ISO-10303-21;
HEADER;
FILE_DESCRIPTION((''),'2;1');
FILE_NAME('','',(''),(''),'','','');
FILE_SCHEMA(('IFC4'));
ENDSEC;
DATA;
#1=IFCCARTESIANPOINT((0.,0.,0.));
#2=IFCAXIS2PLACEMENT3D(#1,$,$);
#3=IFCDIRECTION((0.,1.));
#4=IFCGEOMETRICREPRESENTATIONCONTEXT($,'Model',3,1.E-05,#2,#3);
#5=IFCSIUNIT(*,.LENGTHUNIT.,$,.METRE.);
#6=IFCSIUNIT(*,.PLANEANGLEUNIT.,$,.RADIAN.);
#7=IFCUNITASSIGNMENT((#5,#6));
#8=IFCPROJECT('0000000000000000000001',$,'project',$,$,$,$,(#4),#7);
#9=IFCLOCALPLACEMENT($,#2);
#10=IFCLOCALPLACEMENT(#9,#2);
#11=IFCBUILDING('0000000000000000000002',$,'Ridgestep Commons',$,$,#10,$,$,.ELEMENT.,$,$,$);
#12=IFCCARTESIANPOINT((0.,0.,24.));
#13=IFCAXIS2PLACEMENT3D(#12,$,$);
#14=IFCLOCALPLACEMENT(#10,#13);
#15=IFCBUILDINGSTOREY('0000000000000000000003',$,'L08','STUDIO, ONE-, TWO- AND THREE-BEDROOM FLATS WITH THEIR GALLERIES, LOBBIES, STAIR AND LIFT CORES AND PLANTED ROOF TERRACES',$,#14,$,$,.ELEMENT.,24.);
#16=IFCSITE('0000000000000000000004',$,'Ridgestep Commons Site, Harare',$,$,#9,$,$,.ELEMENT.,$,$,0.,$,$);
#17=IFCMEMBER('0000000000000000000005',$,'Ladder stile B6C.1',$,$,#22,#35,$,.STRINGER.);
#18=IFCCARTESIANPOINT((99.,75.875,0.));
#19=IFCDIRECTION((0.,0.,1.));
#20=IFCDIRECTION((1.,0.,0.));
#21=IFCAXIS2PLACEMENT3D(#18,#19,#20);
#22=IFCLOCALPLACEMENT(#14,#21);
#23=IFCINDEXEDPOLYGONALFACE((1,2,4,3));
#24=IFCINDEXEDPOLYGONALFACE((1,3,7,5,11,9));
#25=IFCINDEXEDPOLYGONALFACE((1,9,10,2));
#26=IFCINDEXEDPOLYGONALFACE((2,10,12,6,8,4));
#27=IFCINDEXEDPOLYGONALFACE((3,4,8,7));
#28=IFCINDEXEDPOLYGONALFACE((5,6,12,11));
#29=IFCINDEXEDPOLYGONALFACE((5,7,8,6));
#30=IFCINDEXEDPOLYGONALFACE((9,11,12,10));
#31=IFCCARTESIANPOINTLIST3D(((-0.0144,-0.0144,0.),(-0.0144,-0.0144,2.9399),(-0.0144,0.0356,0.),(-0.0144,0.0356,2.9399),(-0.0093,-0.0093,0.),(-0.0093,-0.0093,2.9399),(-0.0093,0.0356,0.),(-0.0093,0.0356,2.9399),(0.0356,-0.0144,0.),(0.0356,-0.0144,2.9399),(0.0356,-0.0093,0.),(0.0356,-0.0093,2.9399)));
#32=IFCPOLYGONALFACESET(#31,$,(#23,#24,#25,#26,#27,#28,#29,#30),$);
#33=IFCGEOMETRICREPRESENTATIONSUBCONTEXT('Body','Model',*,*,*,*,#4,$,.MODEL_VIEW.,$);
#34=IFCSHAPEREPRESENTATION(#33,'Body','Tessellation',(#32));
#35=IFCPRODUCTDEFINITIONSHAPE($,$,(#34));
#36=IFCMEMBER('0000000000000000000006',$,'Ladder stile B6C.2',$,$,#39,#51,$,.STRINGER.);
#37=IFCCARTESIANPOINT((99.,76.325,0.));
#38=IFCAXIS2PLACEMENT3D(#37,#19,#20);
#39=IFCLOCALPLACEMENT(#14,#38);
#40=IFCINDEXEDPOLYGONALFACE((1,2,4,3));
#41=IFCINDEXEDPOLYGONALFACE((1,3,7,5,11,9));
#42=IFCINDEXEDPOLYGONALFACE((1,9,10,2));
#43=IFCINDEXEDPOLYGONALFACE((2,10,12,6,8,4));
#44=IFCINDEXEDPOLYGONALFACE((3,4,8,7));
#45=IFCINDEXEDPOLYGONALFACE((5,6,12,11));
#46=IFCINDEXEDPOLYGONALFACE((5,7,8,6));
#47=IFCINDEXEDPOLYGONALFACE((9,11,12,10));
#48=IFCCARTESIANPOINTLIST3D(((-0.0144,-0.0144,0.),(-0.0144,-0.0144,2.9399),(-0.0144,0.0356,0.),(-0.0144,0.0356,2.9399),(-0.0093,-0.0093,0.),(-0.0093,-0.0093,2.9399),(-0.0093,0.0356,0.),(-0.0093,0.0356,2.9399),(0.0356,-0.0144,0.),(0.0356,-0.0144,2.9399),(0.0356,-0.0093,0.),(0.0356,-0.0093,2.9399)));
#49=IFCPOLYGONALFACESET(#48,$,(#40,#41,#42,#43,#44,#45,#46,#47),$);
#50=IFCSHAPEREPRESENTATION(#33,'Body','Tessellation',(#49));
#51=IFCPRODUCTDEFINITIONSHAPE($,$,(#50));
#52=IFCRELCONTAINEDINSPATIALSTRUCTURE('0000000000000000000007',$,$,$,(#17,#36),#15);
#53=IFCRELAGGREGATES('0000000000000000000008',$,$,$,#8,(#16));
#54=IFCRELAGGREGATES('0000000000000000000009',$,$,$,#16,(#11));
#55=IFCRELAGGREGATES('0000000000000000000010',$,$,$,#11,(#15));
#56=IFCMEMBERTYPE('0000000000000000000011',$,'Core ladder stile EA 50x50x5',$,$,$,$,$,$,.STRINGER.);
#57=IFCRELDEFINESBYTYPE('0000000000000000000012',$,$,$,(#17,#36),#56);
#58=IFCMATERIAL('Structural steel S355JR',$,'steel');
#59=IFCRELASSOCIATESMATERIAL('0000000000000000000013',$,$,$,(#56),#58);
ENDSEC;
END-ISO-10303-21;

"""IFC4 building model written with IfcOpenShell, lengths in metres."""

from ifc_helpers import new_model, si_unit, direction, frame, origin, place, context, subcontext, project, spatial, polyline, outline, extrude, material, material_profile, profile_set, type_object, element, save


model = new_model("IFC4")

# Units and contexts
model_context = context("Model", 3, precision=1e-05, world=origin(), true_north=direction((0.0, 1.0)))
body_context = subcontext(model_context, "Body", "Model", "MODEL_VIEW")
ifc_project = project(units=[si_unit("LENGTHUNIT", "METRE"), si_unit("PLANEANGLEUNIT", "RADIAN")], contexts=[model_context])

# Site, building, storey
site_placement = place(None, origin())
site = spatial("IfcSite", under=ifc_project, at=site_placement, Name="Ridgestep Commons Site, Harare", CompositionType="ELEMENT", RefElevation=0.0)
building_placement = place(site_placement, origin())
building = spatial("IfcBuilding", under=site, at=building_placement, Name="Ridgestep Commons", CompositionType="ELEMENT")
storey_placement = place(building_placement, frame((0.0, 0.0, 24.0)))
storey = spatial("IfcBuildingStorey", under=building, at=storey_placement, Name="L08", Description="STUDIO, ONE-, TWO- AND THREE-BEDROOM FLATS WITH THEIR GALLERIES, LOBBIES, STAIR AND LIFT CORES AND PLANTED ROOF TERRACES", CompositionType="ELEMENT", Elevation=24.0)

# Members
ifc_material_1 = material(Name="Structural steel S355JR", Category="steel")
ifc_material_profile_1 = material_profile(ifc_material_1, outline(polyline([(-0.0144, -0.0144), (0.0356, -0.0144), (0.0356, -0.0093), (-0.0093, -0.0093), (-0.0093, 0.0356), (-0.0144, 0.0356), (-0.0144, -0.0144)])), Name="EA 50x50x5")
ifc_profile_set_1 = profile_set([ifc_material_profile_1], Name="Structural steel S355JR")
member_type_1 = type_object("IfcMemberType", Name="Core ladder stile EA 50x50x5", PredefinedType="STRINGER", material=ifc_profile_set_1)
for number, where, z_axis, x_axis, name in (
    (1, (99.0, 75.875, 0.0), (0.0, 0.0, 1.0), (1.0, 0.0, 0.0), "Ladder stile B6C.1"),
    (2, (99.0, 76.325, 0.0), (0.0, 0.0, 1.0), (1.0, 0.0, 0.0), "Ladder stile B6C.2"),
):
    element("IfcMember", number, at=place(storey_placement, frame(where, z_axis=z_axis, x_axis=x_axis)), inside=storey, type_object=member_type_1, Name=name, PredefinedType="STRINGER", context=body_context, shape_type="SweptSolid", body=[
        extrude(outline(polyline([(-0.0144, -0.0144), (0.0356, -0.0144), (0.0356, -0.0093), (-0.0093, -0.0093), (-0.0093, 0.0356), (-0.0144, 0.0356), (-0.0144, -0.0144)])), origin(), (0.0, 0.0, 1.0), 2.9399),
    ])

save(model, "model.ifc")
